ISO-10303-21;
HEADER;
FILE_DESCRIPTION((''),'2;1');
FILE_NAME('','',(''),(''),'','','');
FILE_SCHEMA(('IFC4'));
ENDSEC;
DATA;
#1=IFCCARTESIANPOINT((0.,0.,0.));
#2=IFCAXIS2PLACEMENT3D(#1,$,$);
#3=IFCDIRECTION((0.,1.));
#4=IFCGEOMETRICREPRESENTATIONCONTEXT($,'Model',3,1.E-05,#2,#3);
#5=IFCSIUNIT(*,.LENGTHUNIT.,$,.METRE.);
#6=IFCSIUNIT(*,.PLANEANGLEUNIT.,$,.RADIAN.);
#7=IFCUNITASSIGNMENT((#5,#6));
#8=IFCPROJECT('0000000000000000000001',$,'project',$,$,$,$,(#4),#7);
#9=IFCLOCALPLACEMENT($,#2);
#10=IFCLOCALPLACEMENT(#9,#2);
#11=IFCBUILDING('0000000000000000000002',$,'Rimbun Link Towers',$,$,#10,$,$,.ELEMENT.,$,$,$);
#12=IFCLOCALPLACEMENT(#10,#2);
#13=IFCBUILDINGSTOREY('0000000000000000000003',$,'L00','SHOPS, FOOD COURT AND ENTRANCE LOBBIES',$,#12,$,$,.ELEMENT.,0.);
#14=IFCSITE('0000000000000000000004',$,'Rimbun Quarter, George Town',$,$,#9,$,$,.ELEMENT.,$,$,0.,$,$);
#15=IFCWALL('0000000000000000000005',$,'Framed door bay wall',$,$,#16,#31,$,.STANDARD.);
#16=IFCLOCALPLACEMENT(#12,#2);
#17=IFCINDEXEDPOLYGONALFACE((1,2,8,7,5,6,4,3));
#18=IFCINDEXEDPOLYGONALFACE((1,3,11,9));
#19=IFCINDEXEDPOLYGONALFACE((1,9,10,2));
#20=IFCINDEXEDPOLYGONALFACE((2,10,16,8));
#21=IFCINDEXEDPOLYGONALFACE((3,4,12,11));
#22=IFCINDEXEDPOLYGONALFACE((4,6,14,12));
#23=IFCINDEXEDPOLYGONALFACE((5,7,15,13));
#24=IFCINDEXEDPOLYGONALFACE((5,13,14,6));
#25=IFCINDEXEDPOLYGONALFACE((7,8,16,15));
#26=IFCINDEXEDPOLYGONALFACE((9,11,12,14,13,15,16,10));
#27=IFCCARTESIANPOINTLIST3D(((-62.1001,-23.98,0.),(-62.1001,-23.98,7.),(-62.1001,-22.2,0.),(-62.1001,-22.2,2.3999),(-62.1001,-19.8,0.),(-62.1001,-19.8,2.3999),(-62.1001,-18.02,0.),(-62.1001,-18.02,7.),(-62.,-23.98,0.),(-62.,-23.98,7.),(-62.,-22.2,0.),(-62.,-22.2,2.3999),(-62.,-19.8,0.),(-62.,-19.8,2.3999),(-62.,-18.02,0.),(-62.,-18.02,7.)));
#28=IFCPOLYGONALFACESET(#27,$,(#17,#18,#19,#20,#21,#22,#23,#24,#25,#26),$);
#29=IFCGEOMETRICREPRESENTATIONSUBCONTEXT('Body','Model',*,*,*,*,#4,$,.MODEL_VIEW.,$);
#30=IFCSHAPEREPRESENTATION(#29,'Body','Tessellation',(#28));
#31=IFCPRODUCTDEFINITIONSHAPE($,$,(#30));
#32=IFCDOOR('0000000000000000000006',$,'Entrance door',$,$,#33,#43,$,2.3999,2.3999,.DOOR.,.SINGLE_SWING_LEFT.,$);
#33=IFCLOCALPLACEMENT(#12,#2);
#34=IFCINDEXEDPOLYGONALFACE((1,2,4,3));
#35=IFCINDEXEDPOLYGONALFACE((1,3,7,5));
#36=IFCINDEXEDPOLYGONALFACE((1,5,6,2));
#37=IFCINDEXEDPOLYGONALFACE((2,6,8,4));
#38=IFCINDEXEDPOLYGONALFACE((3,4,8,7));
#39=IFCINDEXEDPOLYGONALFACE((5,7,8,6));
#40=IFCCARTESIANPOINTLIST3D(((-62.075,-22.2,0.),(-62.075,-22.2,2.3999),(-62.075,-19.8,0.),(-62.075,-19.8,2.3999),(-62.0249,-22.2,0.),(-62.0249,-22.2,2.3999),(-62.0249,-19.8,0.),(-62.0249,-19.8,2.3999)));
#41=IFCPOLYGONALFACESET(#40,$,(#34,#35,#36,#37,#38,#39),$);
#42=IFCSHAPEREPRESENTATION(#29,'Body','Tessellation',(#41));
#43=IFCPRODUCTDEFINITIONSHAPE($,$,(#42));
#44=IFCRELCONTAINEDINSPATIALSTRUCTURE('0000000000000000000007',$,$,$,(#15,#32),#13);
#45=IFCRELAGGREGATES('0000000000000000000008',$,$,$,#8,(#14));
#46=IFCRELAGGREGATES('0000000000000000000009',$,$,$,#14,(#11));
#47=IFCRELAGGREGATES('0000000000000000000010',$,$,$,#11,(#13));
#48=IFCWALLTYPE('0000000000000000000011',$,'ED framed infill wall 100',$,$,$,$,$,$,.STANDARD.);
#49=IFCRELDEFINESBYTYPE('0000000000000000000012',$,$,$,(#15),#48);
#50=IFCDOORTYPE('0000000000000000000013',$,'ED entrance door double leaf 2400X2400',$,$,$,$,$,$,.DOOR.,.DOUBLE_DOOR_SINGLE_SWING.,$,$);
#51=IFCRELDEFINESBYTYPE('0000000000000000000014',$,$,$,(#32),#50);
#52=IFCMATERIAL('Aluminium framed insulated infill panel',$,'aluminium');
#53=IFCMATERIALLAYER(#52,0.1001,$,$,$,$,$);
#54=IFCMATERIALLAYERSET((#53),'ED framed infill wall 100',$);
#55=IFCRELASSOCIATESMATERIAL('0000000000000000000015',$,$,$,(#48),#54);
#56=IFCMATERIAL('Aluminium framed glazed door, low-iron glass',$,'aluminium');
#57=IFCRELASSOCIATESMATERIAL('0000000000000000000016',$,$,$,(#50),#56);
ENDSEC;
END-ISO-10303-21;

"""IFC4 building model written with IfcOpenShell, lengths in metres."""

from ifc_helpers import new_model, si_unit, direction, frame, frame_2d, origin, place, context, subcontext, project, spatial, rectangle, extrude, material, layer, layer_set, type_object, element, fill, save


model = new_model("IFC4")

# Units and contexts
model_context = context("Model", 3, precision=1e-05, world=origin(), true_north=direction((0.0, 1.0)))
body_context = subcontext(model_context, "Body", "Model", "MODEL_VIEW")
ifc_project = project(units=[si_unit("LENGTHUNIT", "METRE"), si_unit("PLANEANGLEUNIT", "RADIAN")], contexts=[model_context])

# Site, building, storey
site_placement = place(None, origin())
site = spatial("IfcSite", under=ifc_project, at=site_placement, Name="Rimbun Quarter, George Town", CompositionType="ELEMENT", RefElevation=0.0)
building_placement = place(site_placement, origin())
building = spatial("IfcBuilding", under=site, at=building_placement, Name="Rimbun Link Towers", CompositionType="ELEMENT")
storey_placement = place(building_placement, origin())
storey = spatial("IfcBuildingStorey", under=building, at=storey_placement, Name="L00", Description="SHOPS, FOOD COURT AND ENTRANCE LOBBIES", CompositionType="ELEMENT", Elevation=0.0)

# Wall, opening, door
ifc_material_1 = material(Name="Aluminium framed insulated infill panel", Category="aluminium")
ifc_layer_1 = layer(ifc_material_1, 0.1001)
ifc_layer_set_1 = layer_set([ifc_layer_1], Name="ED framed infill wall 100")
wall_type = type_object("IfcWallType", Name="ED framed infill wall 100", PredefinedType="STANDARD", material=ifc_layer_set_1)
wall_placement = place(storey_placement, frame((-62.05, -23.98, 0.0), z_axis=(0.0, 0.0, 1.0), x_axis=(0.0, 1.0, 0.0)))
wall = element("IfcWall", 1, at=wall_placement, inside=storey, type_object=wall_type, Name="Framed door bay wall", PredefinedType="STANDARD", context=body_context, shape_type="SweptSolid", body=[
    extrude(rectangle(XDim=5.96, YDim=0.1001, at=frame_2d((2.98, 0.0))), origin(), (0.0, 0.0, 1.0), 7.0),
])
opening_placement = place(wall_placement, frame((1.78, 0.0, 0.0)))
opening = element("IfcOpeningElement", 2, at=opening_placement, cuts=wall, PredefinedType="OPENING", context=body_context, shape_type="SweptSolid", body=[
    extrude(rectangle(XDim=2.3999, YDim=2.3999, at=frame_2d((1.2, 1.2))), frame((0.0, 0.0601, 0.0), z_axis=(0.0, -1.0, 0.0), x_axis=(1.0, 0.0, 0.0)), (0.0, 0.0, 1.0), 0.1201),
])
ifc_material_2 = material(Name="Aluminium framed glazed door, low-iron glass", Category="aluminium")
door_type = type_object("IfcDoorType", Name="ED entrance door double leaf 2400X2400", OperationType="DOUBLE_DOOR_SINGLE_SWING", PredefinedType="DOOR", material=ifc_material_2)
door_placement = place(opening_placement, origin())
door = element("IfcDoor", 3, at=door_placement, inside=storey, type_object=door_type, Name="Entrance door", OperationType="SINGLE_SWING_LEFT", OverallHeight=2.3999, OverallWidth=2.3999, PredefinedType="DOOR", context=body_context, shape_type="SweptSolid", body=[
    extrude(rectangle(XDim=2.3999, YDim=2.3999, at=frame_2d((1.2, 1.2))), frame((0.0, 0.0249, 0.0), z_axis=(0.0, -1.0, 0.0), x_axis=(1.0, 0.0, 0.0)), (0.0, 0.0, 1.0), 0.05),
])
fill(opening, door)

save(model, "model.ifc")
